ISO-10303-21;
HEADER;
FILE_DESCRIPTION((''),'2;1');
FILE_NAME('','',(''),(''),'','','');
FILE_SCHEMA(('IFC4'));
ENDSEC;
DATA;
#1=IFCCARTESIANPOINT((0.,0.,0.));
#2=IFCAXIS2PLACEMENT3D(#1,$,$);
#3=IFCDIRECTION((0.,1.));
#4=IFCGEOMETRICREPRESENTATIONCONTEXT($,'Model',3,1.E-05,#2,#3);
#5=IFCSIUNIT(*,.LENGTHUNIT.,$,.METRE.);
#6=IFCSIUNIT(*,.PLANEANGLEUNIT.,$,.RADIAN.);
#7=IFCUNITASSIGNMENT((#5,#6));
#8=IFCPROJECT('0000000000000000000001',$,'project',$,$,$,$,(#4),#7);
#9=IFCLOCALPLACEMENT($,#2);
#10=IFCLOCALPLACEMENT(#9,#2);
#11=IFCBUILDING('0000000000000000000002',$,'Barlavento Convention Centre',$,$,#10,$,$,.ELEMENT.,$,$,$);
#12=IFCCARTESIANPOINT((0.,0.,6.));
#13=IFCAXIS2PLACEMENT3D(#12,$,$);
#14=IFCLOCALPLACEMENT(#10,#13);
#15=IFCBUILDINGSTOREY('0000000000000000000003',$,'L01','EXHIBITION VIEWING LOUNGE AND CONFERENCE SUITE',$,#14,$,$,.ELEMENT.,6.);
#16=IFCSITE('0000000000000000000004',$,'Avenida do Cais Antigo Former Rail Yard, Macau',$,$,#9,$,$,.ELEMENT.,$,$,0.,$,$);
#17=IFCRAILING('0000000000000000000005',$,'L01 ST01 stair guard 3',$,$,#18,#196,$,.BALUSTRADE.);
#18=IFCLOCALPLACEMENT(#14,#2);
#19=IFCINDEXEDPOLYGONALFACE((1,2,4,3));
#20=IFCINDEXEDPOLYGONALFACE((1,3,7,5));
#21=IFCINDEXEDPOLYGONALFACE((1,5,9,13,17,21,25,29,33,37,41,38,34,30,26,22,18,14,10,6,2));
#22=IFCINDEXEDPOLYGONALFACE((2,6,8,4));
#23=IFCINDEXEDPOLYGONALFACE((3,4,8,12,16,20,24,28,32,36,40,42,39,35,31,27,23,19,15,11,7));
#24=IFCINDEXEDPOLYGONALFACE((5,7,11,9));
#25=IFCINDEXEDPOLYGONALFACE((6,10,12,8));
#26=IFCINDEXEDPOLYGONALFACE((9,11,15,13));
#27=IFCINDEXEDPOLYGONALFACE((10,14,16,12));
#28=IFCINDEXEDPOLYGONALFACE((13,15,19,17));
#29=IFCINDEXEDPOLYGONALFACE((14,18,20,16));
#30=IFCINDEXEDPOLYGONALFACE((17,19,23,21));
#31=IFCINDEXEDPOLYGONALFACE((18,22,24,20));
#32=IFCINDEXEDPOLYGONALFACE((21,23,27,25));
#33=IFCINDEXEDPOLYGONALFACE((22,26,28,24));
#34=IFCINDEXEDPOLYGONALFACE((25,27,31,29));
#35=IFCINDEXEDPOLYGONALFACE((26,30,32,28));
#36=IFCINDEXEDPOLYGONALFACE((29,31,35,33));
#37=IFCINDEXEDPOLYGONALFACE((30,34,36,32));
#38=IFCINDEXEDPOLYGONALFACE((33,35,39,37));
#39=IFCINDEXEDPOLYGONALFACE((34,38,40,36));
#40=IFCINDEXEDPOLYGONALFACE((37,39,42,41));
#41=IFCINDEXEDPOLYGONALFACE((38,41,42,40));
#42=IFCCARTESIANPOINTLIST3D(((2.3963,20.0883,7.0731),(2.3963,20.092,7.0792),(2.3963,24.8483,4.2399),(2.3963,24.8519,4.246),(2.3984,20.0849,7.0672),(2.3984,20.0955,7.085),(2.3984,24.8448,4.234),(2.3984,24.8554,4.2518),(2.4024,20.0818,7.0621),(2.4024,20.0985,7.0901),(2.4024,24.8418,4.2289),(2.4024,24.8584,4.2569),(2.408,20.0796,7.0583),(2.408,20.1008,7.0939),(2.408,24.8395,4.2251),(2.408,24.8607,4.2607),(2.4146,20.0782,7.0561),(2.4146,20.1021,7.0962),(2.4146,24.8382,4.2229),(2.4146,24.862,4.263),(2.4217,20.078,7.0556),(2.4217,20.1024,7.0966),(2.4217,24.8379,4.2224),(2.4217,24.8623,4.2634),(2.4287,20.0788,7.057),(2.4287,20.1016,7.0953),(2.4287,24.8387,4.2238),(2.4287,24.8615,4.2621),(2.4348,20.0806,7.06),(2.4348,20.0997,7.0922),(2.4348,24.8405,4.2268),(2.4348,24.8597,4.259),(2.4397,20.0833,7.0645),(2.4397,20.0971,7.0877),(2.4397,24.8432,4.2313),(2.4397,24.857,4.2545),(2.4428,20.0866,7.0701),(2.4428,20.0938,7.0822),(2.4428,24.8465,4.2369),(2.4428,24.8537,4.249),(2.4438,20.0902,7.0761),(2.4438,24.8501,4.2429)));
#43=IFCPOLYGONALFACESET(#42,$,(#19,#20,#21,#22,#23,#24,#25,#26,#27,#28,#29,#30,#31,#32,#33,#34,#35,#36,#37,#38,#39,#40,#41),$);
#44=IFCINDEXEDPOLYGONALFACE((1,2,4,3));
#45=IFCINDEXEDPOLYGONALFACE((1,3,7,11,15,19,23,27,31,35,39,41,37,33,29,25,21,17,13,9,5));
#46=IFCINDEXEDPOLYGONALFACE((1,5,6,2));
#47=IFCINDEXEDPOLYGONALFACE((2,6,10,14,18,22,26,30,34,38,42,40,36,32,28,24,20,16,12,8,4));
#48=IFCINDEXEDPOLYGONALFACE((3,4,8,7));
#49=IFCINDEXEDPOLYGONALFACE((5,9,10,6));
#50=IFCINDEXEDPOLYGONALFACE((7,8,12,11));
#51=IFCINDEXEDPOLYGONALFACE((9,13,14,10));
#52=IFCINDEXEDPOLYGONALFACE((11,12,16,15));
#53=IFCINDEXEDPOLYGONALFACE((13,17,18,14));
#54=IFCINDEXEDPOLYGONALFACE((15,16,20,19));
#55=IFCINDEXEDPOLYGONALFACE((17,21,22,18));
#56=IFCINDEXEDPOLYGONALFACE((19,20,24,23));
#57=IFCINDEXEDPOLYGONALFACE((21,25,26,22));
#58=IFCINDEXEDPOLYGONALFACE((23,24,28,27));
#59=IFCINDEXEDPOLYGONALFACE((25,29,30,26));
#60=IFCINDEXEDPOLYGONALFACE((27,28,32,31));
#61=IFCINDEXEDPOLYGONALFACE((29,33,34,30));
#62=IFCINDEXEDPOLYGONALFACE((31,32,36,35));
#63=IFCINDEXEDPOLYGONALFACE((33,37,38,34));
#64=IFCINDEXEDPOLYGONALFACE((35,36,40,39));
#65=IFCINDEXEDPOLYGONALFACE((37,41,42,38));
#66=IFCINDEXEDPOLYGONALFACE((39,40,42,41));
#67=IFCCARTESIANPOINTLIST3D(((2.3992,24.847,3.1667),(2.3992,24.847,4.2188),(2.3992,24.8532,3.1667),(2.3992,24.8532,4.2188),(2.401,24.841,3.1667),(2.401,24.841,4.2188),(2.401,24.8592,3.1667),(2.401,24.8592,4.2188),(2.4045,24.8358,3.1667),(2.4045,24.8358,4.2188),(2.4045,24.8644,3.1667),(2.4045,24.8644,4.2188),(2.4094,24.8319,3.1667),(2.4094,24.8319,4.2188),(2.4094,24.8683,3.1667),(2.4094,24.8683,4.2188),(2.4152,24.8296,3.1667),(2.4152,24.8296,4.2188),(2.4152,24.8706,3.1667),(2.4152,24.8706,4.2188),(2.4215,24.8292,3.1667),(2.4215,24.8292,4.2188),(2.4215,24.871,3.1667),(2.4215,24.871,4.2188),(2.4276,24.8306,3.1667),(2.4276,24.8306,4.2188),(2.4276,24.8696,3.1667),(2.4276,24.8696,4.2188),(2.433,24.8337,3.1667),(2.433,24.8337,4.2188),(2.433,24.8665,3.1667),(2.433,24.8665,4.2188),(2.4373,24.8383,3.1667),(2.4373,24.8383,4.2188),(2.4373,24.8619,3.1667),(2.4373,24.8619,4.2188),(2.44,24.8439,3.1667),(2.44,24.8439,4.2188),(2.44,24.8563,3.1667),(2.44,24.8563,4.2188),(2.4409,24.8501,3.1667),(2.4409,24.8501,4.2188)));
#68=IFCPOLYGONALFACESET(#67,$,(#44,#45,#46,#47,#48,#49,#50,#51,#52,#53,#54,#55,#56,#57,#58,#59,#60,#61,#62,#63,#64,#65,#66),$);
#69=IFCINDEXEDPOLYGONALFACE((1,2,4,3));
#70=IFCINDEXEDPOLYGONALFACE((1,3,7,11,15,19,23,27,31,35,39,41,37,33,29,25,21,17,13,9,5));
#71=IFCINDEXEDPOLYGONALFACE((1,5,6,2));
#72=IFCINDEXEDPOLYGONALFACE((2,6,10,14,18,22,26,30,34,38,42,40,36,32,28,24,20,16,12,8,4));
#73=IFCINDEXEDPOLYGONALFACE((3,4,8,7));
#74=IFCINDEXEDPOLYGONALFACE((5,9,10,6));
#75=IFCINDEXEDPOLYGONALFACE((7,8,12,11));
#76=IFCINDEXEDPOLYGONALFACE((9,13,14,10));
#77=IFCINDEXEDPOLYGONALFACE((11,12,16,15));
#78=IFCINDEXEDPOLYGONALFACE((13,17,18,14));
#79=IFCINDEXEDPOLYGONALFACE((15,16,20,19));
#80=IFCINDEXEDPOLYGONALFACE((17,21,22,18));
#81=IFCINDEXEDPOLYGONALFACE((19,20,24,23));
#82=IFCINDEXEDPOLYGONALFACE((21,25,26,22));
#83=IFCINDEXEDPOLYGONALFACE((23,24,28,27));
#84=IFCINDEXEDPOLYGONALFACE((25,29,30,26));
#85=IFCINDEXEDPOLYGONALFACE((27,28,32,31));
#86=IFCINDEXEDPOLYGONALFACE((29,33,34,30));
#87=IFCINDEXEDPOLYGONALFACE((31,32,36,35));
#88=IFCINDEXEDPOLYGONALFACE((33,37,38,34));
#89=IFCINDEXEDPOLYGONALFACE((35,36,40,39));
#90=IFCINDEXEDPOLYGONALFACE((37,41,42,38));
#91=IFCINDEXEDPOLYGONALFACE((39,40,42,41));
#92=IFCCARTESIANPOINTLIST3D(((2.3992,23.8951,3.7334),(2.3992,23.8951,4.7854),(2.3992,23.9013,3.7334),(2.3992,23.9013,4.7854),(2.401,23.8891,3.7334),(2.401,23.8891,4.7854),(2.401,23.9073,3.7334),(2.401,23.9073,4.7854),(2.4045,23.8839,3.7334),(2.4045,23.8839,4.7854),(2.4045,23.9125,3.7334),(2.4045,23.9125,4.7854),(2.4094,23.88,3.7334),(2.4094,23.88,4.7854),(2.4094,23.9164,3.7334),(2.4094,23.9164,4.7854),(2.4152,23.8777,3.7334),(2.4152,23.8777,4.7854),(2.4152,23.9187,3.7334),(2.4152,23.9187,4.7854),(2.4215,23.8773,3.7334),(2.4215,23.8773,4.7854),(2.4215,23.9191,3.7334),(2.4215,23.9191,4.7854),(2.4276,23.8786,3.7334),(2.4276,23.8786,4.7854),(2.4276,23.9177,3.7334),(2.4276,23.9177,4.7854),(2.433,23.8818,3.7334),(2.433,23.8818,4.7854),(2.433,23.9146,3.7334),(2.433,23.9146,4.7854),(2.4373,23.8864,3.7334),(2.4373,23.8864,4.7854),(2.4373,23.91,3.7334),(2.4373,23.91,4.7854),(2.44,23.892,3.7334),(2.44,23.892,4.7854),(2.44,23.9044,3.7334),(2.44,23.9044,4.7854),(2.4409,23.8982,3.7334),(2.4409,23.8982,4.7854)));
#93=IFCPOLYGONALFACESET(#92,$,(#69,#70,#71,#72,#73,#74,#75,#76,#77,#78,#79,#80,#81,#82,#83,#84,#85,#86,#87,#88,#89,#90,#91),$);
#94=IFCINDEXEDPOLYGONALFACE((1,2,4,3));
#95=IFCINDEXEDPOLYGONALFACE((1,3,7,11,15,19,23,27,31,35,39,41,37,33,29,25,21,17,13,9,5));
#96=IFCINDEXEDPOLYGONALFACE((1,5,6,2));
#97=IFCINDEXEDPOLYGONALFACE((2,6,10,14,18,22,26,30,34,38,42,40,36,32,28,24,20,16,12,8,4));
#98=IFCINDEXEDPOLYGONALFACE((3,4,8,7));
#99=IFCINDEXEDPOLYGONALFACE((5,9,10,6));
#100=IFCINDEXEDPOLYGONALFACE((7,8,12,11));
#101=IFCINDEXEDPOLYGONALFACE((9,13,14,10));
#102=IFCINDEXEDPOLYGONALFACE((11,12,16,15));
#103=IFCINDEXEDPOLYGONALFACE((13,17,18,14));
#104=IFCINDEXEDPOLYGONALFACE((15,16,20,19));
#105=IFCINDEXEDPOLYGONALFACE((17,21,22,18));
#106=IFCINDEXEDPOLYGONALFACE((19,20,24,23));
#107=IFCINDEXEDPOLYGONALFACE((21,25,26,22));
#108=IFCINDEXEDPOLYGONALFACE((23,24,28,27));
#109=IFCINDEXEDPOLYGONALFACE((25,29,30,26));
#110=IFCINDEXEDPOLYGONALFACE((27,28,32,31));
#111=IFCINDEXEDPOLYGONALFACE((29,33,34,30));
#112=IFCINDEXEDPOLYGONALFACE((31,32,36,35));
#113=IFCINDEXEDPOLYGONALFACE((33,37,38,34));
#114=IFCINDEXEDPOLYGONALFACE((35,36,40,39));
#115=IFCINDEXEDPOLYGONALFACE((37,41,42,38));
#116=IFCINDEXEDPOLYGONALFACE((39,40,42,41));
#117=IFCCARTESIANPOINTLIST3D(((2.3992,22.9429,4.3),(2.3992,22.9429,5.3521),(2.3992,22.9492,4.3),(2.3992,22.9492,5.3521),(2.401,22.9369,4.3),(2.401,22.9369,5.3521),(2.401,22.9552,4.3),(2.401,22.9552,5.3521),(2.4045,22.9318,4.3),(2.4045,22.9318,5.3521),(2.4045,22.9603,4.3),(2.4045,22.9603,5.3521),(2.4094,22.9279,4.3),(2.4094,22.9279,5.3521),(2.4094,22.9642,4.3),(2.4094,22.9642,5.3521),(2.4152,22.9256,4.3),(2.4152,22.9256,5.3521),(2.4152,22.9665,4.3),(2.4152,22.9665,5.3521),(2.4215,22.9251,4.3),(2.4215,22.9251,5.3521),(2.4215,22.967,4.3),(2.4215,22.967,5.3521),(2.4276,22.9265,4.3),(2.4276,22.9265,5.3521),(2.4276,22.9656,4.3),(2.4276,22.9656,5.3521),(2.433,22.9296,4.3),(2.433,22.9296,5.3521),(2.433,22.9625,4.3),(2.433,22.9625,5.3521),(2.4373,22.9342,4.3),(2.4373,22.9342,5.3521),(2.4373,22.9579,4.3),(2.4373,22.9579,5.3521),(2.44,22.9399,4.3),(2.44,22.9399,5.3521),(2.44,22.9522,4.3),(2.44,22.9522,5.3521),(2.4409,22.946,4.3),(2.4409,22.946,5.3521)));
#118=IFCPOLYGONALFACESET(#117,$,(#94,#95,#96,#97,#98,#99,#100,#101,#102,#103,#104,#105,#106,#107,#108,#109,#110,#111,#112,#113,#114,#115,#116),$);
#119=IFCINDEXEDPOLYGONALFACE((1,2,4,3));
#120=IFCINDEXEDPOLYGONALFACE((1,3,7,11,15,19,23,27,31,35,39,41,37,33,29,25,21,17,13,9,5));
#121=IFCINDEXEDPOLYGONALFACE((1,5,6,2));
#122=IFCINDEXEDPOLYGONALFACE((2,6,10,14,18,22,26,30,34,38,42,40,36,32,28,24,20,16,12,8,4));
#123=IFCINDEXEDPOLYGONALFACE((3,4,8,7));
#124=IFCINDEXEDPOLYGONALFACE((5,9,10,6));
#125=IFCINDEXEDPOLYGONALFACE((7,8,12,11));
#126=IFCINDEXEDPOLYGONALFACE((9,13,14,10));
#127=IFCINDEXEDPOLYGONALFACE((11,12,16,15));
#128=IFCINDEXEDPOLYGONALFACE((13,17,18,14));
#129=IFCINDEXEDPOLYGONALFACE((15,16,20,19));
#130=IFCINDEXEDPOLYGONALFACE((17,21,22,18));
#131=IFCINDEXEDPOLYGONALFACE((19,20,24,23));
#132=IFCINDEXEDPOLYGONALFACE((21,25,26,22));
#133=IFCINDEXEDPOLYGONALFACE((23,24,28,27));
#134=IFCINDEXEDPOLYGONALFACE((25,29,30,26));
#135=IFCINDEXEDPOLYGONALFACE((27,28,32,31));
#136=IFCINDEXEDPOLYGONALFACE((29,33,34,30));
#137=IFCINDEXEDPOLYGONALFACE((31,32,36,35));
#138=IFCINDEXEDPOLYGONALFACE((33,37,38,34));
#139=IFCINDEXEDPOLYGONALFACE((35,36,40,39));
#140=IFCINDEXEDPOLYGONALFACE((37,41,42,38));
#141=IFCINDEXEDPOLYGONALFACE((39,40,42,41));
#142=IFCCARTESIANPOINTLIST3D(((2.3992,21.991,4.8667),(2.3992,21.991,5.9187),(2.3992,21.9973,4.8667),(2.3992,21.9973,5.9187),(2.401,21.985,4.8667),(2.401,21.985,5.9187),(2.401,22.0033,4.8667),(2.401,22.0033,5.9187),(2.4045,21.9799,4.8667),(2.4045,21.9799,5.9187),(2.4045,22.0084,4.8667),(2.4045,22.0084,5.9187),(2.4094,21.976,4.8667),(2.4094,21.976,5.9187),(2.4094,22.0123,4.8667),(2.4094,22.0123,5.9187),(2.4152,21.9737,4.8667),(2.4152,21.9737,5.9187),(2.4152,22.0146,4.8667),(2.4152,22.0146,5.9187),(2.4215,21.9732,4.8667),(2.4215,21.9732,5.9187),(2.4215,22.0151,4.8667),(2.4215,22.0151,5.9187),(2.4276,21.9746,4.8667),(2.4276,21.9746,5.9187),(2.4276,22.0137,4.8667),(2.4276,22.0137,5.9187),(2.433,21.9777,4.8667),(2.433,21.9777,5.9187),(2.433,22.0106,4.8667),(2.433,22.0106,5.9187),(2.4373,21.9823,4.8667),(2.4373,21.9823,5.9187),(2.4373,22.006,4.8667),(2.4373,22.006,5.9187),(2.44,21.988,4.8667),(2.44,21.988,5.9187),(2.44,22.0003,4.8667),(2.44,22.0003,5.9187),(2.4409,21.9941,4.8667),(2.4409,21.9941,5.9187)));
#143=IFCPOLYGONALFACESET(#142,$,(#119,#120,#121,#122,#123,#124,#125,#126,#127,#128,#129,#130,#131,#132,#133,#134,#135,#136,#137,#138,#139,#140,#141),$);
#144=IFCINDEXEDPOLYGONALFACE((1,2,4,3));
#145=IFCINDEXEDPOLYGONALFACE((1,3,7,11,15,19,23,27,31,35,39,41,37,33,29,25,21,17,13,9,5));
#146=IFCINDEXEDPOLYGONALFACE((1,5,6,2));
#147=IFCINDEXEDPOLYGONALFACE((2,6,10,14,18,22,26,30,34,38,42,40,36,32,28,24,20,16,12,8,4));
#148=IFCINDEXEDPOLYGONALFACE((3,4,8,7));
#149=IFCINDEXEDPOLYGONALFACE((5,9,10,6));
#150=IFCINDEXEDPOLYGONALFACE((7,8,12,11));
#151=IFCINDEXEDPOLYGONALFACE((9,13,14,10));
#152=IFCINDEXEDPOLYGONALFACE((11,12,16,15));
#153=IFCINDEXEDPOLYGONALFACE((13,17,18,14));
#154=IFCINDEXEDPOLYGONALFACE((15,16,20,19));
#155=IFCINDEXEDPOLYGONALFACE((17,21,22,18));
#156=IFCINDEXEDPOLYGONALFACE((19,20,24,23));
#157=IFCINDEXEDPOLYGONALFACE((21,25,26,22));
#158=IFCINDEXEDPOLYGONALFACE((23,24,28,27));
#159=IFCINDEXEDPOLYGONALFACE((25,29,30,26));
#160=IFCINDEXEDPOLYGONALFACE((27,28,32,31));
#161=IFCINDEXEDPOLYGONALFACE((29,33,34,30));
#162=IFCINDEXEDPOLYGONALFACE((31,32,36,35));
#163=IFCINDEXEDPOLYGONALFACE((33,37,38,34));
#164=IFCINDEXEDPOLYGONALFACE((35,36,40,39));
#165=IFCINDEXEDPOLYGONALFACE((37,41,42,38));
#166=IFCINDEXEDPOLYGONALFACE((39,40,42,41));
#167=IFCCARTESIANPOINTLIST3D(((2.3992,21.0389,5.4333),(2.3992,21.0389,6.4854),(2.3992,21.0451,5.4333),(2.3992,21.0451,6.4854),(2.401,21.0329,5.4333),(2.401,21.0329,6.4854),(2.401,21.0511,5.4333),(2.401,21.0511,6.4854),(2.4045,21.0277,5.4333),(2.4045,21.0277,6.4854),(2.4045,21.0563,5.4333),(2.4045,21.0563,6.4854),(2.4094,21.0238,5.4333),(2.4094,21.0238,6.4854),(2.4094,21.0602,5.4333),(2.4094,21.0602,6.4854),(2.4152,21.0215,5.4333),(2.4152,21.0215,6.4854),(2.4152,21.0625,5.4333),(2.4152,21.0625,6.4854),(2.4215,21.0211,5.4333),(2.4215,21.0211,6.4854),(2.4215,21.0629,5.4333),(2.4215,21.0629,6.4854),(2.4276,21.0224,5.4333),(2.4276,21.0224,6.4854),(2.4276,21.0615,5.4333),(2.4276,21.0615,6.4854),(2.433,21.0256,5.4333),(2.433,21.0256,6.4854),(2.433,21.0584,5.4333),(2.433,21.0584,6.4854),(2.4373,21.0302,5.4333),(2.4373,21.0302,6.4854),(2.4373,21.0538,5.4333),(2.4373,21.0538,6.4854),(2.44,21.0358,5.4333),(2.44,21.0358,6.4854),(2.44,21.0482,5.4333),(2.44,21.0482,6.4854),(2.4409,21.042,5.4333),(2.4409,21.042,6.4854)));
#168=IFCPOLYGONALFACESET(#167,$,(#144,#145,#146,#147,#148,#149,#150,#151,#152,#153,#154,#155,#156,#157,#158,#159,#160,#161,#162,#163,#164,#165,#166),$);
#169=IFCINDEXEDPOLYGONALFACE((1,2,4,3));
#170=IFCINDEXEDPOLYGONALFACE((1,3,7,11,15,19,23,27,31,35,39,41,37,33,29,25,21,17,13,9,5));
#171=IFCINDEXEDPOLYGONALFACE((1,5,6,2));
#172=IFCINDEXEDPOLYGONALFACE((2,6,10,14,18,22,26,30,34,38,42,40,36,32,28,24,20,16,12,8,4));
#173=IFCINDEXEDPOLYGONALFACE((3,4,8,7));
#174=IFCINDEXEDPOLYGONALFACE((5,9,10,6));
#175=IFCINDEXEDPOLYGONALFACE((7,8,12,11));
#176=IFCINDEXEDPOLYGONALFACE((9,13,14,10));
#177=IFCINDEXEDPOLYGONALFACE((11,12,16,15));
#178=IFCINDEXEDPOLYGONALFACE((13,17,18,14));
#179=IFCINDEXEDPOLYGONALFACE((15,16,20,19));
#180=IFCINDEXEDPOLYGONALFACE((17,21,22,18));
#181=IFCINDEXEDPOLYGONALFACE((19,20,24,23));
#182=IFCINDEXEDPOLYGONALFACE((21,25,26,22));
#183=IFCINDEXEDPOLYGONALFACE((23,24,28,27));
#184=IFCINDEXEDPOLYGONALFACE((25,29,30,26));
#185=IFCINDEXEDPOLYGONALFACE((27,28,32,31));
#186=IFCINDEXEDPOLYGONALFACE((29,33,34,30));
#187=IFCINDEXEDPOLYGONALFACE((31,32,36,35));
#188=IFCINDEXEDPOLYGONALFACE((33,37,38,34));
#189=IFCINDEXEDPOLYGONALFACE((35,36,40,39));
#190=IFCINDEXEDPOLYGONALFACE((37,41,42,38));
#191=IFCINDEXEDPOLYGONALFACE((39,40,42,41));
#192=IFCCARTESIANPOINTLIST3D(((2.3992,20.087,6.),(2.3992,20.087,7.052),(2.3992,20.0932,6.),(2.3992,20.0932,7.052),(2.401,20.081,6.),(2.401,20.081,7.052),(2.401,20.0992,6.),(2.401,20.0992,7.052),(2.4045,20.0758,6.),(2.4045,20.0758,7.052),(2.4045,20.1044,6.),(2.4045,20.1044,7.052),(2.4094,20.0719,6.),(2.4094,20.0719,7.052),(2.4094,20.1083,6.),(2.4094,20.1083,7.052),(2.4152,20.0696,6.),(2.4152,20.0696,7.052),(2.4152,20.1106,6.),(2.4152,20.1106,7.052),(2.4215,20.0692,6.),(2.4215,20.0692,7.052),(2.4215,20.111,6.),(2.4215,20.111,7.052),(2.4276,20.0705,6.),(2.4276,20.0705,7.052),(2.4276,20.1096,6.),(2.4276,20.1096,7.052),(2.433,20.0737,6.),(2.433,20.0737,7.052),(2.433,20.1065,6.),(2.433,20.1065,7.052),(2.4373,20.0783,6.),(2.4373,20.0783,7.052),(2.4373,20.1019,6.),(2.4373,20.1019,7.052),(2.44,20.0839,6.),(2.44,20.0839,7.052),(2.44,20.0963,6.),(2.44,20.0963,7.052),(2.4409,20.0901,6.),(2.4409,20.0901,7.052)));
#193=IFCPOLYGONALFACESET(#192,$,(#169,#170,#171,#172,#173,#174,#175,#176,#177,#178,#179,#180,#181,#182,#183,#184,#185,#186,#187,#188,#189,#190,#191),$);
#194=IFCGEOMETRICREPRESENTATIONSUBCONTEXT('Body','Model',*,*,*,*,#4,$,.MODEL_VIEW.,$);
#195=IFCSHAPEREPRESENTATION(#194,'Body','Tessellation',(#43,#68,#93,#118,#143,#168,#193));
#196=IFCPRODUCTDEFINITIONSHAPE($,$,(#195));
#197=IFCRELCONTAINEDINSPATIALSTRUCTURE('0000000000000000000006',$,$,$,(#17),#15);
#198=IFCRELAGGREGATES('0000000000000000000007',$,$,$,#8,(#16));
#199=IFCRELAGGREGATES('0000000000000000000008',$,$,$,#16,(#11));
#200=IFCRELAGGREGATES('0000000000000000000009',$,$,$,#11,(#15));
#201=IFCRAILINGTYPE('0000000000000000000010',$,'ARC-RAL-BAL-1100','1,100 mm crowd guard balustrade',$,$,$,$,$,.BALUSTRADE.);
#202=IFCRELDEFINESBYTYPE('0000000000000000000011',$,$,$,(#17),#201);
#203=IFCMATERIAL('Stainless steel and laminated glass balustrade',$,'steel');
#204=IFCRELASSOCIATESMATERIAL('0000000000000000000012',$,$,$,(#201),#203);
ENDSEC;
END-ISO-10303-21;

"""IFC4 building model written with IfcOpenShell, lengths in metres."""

from ifc_helpers import new_model, si_unit, direction, frame, origin, origin_2d, place, context, subcontext, project, spatial, circle, extrude, material, type_object, element, save


model = new_model("IFC4")

# Units and contexts
model_context = context("Model", 3, precision=1e-05, world=origin(), true_north=direction((0.0, 1.0)))
body_context = subcontext(model_context, "Body", "Model", "MODEL_VIEW")
ifc_project = project(units=[si_unit("LENGTHUNIT", "METRE"), si_unit("PLANEANGLEUNIT", "RADIAN")], contexts=[model_context])

# Site, building, storey
site_placement = place(None, origin())
site = spatial("IfcSite", under=ifc_project, at=site_placement, Name="Avenida do Cais Antigo Former Rail Yard, Macau", CompositionType="ELEMENT", RefElevation=0.0)
building_placement = place(site_placement, origin())
building = spatial("IfcBuilding", under=site, at=building_placement, Name="Barlavento Convention Centre", CompositionType="ELEMENT")
storey_placement = place(building_placement, frame((0.0, 0.0, 6.0)))
storey = spatial("IfcBuildingStorey", under=building, at=storey_placement, Name="L01", Description="EXHIBITION VIEWING LOUNGE AND CONFERENCE SUITE", CompositionType="ELEMENT", Elevation=6.0)

# Railing
ifc_material_1 = material(Name="Stainless steel and laminated glass balustrade", Category="steel")
railing_type_1 = type_object("IfcRailingType", Name="ARC-RAL-BAL-1100", Description="1,100 mm crowd guard balustrade", PredefinedType="BALUSTRADE", material=ifc_material_1)
railing_1_placement = place(storey_placement, frame((2.4199, 24.8501, 3.1667)))
element("IfcRailing", 1, at=railing_1_placement, inside=storey, type_object=railing_type_1, Name="L01 ST01 stair guard 3", PredefinedType="BALUSTRADE", context=body_context, shape_type="SweptSolid", body=[
    extrude(circle(Radius=0.0239, at=origin_2d()), frame((0.0, 0.0, 1.0762), z_axis=(0.0, -0.8593, 0.511472), x_axis=(1.0, 0.0, 0.0)), (0.0, 0.0, 1.0), 5.5393),
    extrude(circle(Radius=0.021, at=origin_2d()), origin(), (0.0, 0.0, 1.0), 1.052),
    extrude(circle(Radius=0.021, at=origin_2d()), frame((0.0, -0.9519, 0.5667)), (0.0, 0.0, 1.0), 1.052),
    extrude(circle(Radius=0.021, at=origin_2d()), frame((0.0, -1.9041, 1.1333)), (0.0, 0.0, 1.0), 1.052),
    extrude(circle(Radius=0.021, at=origin_2d()), frame((0.0, -2.856, 1.7)), (0.0, 0.0, 1.0), 1.052),
    extrude(circle(Radius=0.021, at=origin_2d()), frame((0.0, -3.8081, 2.2666)), (0.0, 0.0, 1.0), 1.052),
    extrude(circle(Radius=0.021, at=origin_2d()), frame((0.0, -4.76, 2.8333)), (0.0, 0.0, 1.0), 1.052),
])

save(model, "model.ifc")
